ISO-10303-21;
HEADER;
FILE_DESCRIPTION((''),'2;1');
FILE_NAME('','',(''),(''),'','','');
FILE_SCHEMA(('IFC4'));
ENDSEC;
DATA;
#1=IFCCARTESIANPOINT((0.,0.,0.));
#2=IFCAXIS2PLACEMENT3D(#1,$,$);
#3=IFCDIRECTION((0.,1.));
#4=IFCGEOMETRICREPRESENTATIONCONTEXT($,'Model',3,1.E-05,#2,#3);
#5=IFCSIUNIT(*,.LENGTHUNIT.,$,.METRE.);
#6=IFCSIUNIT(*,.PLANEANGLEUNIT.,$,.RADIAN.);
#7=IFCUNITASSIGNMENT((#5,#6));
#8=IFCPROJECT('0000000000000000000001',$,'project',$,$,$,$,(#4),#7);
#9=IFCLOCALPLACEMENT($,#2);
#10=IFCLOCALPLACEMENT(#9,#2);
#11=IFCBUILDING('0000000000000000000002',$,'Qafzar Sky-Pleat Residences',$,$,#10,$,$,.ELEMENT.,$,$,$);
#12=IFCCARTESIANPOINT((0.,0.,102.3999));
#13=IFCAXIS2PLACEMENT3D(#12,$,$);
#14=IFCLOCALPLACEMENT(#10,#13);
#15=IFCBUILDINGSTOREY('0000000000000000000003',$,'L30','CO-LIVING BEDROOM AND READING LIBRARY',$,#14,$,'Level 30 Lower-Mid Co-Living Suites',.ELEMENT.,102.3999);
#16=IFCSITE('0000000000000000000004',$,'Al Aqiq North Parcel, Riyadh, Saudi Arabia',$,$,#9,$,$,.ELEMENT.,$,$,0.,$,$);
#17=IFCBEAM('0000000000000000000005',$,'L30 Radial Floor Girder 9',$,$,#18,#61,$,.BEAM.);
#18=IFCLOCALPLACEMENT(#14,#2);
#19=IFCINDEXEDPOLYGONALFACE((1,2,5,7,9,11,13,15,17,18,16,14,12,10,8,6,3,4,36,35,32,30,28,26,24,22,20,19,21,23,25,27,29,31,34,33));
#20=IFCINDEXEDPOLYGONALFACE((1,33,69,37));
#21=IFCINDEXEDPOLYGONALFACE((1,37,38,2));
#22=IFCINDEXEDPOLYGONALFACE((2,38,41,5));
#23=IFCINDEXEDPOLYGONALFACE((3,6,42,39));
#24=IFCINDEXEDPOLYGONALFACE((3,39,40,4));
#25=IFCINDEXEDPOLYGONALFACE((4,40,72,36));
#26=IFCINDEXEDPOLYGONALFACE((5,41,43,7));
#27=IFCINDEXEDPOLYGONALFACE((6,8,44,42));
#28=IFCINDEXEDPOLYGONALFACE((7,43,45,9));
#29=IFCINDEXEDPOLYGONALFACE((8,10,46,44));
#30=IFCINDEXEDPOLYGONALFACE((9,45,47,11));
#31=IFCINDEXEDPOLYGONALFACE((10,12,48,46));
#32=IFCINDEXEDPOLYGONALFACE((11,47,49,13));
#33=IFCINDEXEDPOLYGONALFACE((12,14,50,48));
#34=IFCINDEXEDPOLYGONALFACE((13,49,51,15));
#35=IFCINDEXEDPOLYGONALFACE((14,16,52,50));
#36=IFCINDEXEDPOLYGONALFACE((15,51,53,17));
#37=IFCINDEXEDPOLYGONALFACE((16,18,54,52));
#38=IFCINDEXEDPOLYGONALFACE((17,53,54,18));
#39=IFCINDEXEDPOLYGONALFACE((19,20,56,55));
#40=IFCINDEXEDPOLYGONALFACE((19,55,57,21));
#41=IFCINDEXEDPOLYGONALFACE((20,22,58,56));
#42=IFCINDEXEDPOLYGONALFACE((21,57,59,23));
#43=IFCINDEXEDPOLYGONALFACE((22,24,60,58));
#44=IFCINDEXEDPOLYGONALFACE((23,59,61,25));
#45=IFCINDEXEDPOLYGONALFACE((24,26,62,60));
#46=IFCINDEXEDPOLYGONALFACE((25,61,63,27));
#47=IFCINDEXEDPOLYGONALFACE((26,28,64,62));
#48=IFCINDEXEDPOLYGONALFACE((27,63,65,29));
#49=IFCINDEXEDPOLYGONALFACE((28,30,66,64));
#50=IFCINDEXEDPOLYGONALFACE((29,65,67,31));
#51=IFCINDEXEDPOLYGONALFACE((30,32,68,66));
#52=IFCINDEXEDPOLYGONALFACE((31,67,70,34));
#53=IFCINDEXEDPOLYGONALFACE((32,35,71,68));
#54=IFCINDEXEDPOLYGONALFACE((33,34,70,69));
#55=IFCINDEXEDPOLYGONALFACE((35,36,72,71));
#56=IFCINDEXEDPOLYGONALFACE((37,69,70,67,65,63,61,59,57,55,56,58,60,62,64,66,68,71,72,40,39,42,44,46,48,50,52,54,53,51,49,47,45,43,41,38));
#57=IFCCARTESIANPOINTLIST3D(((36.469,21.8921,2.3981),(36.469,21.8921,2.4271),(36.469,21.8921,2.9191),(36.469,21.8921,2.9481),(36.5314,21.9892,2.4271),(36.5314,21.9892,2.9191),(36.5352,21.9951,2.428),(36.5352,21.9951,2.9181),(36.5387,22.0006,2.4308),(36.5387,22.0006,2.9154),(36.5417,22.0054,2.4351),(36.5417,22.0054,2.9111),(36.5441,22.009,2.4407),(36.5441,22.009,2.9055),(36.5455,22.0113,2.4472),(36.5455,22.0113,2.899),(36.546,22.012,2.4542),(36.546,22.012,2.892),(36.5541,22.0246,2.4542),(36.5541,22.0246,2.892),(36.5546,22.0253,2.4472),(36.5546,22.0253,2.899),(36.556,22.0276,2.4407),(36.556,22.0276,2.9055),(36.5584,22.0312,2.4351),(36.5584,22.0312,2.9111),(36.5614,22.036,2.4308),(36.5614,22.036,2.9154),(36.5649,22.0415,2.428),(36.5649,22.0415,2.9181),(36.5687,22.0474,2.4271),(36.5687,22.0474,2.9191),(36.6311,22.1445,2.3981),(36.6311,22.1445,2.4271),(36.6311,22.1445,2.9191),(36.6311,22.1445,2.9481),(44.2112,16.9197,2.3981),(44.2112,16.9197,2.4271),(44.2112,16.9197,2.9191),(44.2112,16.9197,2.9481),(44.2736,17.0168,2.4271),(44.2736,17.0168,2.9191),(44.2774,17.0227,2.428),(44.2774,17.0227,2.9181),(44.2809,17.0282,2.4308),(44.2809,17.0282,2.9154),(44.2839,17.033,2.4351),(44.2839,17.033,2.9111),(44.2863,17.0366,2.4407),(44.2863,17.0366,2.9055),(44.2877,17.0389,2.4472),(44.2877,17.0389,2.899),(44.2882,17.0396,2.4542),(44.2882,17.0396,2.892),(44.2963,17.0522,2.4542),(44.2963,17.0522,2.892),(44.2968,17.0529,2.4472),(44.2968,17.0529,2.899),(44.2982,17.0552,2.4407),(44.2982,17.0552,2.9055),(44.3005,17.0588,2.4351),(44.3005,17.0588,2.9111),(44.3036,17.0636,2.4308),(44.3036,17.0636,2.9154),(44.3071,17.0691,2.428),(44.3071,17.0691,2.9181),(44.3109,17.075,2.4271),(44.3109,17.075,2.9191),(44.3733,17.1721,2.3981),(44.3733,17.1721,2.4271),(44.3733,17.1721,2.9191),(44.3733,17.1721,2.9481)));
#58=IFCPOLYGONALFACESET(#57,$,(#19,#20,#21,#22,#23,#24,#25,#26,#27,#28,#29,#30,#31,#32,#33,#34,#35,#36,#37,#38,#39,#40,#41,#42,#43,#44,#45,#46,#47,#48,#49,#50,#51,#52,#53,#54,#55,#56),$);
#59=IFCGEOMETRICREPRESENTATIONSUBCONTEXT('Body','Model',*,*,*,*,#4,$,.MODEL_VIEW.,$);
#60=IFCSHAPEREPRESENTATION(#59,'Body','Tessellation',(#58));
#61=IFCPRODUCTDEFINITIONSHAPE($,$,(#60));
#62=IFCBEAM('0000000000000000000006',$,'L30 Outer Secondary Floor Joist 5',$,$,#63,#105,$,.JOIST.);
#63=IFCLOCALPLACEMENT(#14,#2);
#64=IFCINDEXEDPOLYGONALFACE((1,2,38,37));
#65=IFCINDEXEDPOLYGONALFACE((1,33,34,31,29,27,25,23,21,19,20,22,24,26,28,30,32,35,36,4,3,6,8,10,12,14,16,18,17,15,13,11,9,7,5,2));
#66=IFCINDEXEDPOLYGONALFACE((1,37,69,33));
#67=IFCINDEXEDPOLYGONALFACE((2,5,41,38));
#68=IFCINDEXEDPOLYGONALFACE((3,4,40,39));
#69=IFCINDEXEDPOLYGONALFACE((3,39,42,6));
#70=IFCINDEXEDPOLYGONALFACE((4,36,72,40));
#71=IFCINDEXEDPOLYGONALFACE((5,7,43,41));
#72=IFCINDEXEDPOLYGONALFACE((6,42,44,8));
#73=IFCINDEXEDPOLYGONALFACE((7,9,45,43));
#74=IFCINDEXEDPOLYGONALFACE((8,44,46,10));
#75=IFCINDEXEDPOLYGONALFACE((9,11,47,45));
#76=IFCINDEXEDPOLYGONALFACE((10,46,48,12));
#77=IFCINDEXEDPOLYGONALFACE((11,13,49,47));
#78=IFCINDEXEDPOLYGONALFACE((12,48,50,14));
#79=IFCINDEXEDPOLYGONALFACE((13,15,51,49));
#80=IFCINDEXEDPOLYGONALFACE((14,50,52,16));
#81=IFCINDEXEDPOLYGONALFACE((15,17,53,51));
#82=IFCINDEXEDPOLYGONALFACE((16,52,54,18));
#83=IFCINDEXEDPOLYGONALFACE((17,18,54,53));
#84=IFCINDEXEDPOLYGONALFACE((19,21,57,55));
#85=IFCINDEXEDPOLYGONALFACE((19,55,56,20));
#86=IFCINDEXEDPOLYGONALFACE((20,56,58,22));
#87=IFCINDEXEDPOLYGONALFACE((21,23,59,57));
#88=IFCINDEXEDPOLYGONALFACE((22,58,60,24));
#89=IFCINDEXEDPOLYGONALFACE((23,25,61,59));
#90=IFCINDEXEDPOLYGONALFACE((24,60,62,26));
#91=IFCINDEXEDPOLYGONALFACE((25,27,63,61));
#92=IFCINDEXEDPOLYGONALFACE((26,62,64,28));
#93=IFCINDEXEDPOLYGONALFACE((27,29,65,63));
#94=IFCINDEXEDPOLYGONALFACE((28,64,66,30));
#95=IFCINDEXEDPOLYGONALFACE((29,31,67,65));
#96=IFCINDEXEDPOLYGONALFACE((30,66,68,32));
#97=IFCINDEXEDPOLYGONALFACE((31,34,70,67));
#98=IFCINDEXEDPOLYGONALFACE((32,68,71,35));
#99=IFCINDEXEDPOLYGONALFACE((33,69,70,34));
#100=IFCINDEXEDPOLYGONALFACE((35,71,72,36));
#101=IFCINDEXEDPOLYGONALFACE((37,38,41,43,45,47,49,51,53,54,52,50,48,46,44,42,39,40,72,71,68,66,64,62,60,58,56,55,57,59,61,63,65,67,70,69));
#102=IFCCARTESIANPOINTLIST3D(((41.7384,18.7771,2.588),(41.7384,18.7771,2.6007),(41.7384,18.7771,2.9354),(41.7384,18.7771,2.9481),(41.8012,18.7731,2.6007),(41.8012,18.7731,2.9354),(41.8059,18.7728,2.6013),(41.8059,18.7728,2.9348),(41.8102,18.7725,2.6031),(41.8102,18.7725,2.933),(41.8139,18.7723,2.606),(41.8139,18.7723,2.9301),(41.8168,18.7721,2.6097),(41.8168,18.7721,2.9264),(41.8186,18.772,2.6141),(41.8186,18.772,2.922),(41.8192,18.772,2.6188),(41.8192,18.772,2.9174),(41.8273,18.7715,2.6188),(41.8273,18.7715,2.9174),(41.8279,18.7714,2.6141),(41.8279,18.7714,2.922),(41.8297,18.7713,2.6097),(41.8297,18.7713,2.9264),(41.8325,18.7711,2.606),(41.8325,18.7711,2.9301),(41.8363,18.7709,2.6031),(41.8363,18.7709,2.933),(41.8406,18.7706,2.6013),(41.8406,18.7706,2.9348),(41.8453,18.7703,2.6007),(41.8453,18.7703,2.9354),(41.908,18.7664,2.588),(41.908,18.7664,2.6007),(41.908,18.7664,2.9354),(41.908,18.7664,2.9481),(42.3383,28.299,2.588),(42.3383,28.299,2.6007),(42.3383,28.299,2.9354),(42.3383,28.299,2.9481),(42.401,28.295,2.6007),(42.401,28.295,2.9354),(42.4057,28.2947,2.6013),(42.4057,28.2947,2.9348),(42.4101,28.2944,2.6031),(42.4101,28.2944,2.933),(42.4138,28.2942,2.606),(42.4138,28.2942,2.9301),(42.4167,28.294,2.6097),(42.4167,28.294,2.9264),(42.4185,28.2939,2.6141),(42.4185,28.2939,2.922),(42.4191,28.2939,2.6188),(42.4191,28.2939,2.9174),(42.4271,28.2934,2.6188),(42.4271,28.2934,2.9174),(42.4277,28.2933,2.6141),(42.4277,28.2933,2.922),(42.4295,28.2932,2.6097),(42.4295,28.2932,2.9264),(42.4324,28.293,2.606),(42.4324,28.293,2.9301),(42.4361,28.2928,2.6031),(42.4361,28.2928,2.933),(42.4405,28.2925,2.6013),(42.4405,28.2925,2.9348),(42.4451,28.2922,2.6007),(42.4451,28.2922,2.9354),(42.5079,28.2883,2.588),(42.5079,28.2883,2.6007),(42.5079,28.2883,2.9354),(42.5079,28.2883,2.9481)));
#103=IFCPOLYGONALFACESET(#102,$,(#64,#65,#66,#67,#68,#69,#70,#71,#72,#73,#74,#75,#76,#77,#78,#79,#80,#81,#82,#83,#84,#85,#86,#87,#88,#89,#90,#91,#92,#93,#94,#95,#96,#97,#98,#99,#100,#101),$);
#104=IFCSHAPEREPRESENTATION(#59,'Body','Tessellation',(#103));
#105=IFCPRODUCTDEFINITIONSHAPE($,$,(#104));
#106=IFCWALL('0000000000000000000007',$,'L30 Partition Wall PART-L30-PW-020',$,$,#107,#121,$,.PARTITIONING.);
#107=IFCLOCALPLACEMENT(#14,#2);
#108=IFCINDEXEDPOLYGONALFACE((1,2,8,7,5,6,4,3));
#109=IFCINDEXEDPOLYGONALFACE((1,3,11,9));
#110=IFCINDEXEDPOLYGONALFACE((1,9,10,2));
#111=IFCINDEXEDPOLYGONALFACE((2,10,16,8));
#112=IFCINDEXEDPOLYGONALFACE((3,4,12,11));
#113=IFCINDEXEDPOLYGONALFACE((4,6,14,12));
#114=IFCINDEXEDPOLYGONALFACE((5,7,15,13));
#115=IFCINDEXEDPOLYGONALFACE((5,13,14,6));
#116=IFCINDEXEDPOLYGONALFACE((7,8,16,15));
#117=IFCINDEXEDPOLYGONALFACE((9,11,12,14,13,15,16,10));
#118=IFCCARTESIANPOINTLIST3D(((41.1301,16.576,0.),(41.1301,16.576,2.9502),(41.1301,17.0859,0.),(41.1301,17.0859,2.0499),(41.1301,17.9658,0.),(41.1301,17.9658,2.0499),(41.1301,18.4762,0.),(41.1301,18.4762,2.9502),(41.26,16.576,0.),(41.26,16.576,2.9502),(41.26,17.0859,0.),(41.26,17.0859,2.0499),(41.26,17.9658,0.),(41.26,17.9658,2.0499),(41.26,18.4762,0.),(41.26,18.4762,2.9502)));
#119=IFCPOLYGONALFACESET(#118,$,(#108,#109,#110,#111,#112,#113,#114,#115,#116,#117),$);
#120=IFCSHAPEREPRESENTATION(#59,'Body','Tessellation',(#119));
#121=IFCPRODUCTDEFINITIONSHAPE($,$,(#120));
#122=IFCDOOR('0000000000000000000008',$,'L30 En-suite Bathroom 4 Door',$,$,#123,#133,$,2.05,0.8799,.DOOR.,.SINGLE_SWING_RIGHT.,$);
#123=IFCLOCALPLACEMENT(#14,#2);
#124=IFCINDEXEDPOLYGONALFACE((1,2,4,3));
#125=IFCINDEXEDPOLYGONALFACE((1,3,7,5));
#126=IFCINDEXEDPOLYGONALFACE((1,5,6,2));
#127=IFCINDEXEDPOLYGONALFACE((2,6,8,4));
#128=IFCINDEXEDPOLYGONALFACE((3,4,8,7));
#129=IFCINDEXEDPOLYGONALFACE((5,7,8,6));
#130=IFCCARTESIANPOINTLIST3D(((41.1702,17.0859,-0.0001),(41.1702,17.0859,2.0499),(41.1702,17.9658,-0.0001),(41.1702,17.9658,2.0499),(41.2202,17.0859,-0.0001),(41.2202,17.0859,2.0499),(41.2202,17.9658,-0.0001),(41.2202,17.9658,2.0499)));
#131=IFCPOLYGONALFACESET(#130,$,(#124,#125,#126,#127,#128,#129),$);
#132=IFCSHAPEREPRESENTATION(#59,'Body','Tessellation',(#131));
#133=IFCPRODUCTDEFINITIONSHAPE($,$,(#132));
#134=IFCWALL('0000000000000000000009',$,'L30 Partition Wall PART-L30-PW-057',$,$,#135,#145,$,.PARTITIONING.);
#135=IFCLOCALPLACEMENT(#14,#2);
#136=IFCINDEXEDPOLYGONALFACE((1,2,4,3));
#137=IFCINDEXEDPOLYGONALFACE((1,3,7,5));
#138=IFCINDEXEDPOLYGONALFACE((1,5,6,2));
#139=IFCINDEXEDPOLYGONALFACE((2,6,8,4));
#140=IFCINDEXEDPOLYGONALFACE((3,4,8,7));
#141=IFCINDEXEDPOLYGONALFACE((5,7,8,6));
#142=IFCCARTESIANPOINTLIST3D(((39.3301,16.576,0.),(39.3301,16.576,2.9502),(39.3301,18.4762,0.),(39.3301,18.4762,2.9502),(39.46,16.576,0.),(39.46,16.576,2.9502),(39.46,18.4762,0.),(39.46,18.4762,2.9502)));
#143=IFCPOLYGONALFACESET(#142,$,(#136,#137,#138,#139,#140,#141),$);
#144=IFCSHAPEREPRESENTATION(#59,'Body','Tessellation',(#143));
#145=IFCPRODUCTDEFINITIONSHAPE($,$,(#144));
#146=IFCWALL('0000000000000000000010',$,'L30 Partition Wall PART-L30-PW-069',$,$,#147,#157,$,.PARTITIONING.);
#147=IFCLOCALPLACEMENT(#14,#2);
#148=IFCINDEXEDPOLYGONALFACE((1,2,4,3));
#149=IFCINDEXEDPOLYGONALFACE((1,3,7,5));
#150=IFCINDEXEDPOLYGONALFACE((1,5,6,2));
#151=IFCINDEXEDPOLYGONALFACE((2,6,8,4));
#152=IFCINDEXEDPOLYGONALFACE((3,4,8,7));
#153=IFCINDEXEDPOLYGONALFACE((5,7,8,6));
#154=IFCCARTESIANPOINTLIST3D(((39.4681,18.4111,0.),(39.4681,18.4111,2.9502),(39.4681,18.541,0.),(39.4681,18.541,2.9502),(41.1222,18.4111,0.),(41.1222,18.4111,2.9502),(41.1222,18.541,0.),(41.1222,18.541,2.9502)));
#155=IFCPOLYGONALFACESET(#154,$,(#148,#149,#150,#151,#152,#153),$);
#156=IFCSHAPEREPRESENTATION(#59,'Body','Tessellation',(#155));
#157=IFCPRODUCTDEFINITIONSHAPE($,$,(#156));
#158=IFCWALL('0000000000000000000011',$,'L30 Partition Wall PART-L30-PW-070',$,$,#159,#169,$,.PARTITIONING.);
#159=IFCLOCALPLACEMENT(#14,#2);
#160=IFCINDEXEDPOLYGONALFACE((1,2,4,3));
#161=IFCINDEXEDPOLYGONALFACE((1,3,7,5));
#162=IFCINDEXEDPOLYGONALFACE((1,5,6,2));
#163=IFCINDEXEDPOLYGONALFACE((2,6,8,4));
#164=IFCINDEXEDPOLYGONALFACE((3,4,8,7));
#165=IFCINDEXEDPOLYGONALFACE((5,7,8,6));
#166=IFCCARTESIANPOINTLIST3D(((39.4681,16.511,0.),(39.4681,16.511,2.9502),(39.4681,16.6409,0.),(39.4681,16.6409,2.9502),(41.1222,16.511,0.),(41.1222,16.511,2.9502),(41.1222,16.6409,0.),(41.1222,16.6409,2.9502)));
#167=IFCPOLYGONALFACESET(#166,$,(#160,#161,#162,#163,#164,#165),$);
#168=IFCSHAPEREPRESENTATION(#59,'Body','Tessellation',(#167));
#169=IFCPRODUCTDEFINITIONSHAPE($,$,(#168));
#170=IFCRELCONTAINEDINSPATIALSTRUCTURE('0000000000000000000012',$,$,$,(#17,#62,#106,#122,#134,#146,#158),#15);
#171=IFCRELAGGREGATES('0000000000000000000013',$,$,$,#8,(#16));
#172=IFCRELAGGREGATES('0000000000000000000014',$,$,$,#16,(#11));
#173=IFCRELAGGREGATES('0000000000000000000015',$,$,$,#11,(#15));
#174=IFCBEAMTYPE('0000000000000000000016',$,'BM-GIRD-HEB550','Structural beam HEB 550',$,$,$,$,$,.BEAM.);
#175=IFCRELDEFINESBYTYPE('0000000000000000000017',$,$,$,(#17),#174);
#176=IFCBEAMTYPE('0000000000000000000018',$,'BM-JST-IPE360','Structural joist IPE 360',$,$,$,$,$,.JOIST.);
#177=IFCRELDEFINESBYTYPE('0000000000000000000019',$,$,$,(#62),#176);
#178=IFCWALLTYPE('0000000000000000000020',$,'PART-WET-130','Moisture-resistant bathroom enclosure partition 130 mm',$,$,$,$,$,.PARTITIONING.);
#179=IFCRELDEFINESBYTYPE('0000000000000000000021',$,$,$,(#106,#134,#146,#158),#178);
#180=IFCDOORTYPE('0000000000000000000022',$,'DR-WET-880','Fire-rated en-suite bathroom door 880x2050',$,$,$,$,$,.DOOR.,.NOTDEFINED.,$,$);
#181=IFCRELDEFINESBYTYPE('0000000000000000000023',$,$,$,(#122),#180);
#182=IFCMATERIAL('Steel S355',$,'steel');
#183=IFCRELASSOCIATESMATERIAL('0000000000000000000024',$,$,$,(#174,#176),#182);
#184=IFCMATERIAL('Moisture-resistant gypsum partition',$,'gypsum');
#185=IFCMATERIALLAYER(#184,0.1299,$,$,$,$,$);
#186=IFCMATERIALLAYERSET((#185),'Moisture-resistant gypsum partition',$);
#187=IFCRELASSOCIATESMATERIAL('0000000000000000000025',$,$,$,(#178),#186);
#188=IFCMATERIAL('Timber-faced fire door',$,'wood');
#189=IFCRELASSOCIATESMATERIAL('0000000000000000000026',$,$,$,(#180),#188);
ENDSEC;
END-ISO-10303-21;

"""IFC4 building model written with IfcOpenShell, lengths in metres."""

from ifc_helpers import new_model, si_unit, direction, frame, frame_2d, origin, origin_2d, place, context, subcontext, project, spatial, rectangle, i_section, extrude, source, transform, mapped, material, layer, layer_set, material_profile, profile_set, type_object, element, fill, save


model = new_model("IFC4")

# Units and contexts
model_context = context("Model", 3, precision=1e-05, world=origin(), true_north=direction((0.0, 1.0)))
body_context = subcontext(model_context, "Body", "Model", "MODEL_VIEW")
ifc_project = project(units=[si_unit("LENGTHUNIT", "METRE"), si_unit("PLANEANGLEUNIT", "RADIAN")], contexts=[model_context])

# Site, building, storey
site_placement = place(None, origin())
site = spatial("IfcSite", under=ifc_project, at=site_placement, Name="Al Aqiq North Parcel, Riyadh, Saudi Arabia", CompositionType="ELEMENT", RefElevation=0.0)
building_placement = place(site_placement, origin())
building = spatial("IfcBuilding", under=site, at=building_placement, Name="Qafzar Sky-Pleat Residences", CompositionType="ELEMENT")
storey_placement = place(building_placement, frame((0.0, 0.0, 102.3999)))
storey = spatial("IfcBuildingStorey", under=building, at=storey_placement, Name="L30", Description="CO-LIVING BEDROOM AND READING LIBRARY", LongName="Level 30 Lower-Mid Co-Living Suites", CompositionType="ELEMENT", Elevation=102.3999)

# Beams
ifc_material_1 = material(Name="Steel S355", Category="steel")
ifc_material_profile_1 = material_profile(ifc_material_1, i_section(OverallWidth=0.3, OverallDepth=0.55, WebThickness=0.0149, FlangeThickness=0.0291, FilletRadius=0.0271, at=origin_2d()), Name="HEB 550")
ifc_profile_set_1 = profile_set([ifc_material_profile_1], Name="Steel S355")
beam_type_1 = type_object("IfcBeamType", Name="BM-GIRD-HEB550", Description="Structural beam HEB 550", PredefinedType="BEAM", material=ifc_profile_set_1)
shared_shape_1 = source(origin(), body_context, "Body", "SweptSolid", [
    extrude(i_section(OverallWidth=0.3, OverallDepth=0.55, WebThickness=0.0149, FlangeThickness=0.0291, FilletRadius=0.0271, at=origin_2d()), origin(), (0.0, 0.0, 1.0), 9.2014),
])
beam_1_placement = place(storey_placement, frame((44.2922, 17.0459, 2.6731), z_axis=(-0.841411, 0.540395, 0.0), x_axis=(-0.540395, -0.841411, 0.0)))
element("IfcBeam", 1, at=beam_1_placement, inside=storey, type_object=beam_type_1, Name="L30 Radial Floor Girder 9", PredefinedType="BEAM", context=body_context, shape_type="MappedRepresentation", body=[
    mapped(shared_shape_1, transform((0.0, 0.0, 0.0), x_axis=(1.0, 0.0, 0.0), y_axis=(0.0, 1.0, 0.0), z_axis=(0.0, 0.0, 1.0), scale=1.0)),
])
ifc_material_profile_2 = material_profile(ifc_material_1, i_section(OverallWidth=0.1699, OverallDepth=0.3601, WebThickness=0.0081, FlangeThickness=0.0127, FilletRadius=0.0181, at=origin_2d()), Name="IPE 360")
ifc_profile_set_2 = profile_set([ifc_material_profile_2], Name="Steel S355")
beam_type_2 = type_object("IfcBeamType", Name="BM-JST-IPE360", Description="Structural joist IPE 360", PredefinedType="JOIST", material=ifc_profile_set_2)
shared_shape_2 = source(origin(), body_context, "Body", "SweptSolid", [
    extrude(i_section(OverallWidth=0.1699, OverallDepth=0.3601, WebThickness=0.0081, FlangeThickness=0.0127, FilletRadius=0.0181, at=origin_2d()), origin(), (0.0, 0.0, 1.0), 9.5408),
])
beam_2_placement = place(storey_placement, frame((41.8232, 18.7717, 2.7681), z_axis=(0.062872, 0.998022, 0.0), x_axis=(-0.998022, 0.062872, 0.0)))
element("IfcBeam", 2, at=beam_2_placement, inside=storey, type_object=beam_type_2, Name="L30 Outer Secondary Floor Joist 5", PredefinedType="JOIST", context=body_context, shape_type="MappedRepresentation", body=[
    mapped(shared_shape_2, transform((0.0, 0.0, 0.0), x_axis=(1.0, 0.0, 0.0), y_axis=(0.0, 1.0, 0.0), z_axis=(0.0, 0.0, 1.0), scale=1.0)),
])

# Wall, opening, door
ifc_material_2 = material(Name="Moisture-resistant gypsum partition", Category="gypsum")
ifc_layer_1 = layer(ifc_material_2, 0.1299)
ifc_layer_set_1 = layer_set([ifc_layer_1], Name="Moisture-resistant gypsum partition")
wall_type_1 = type_object("IfcWallType", Name="PART-WET-130", Description="Moisture-resistant bathroom enclosure partition 130 mm", PredefinedType="PARTITIONING", material=ifc_layer_set_1)
wall_1_placement = place(storey_placement, frame((41.1951, 16.5759, 0.0), z_axis=(0.0, 0.0, 1.0), x_axis=(0.0, 1.0, 0.0)))
wall_1 = element("IfcWall", 3, at=wall_1_placement, inside=storey, type_object=wall_type_1, Name="L30 Partition Wall PART-L30-PW-020", PredefinedType="PARTITIONING", context=body_context, shape_type="SweptSolid", body=[
    extrude(rectangle(XDim=1.9001, YDim=0.1299, at=frame_2d((0.9502, 0.0))), origin(), (0.0, 0.0, 1.0), 2.9502),
])
opening_1_placement = place(wall_1_placement, frame((0.51, 0.0, 0.0)))
opening_1 = element("IfcOpeningElement", 4, at=opening_1_placement, cuts=wall_1, PredefinedType="OPENING", context=body_context, shape_type="SweptSolid", body=[
    extrude(rectangle(XDim=0.8799, YDim=2.05, at=frame_2d((0.4399, 1.0249))), frame((0.0, 0.075, 0.0), z_axis=(0.0, -1.0, 0.0), x_axis=(1.0, 0.0, 0.0)), (0.0, 0.0, 1.0), 0.1499),
])
ifc_material_3 = material(Name="Timber-faced fire door", Category="wood")
door_type = type_object("IfcDoorType", Name="DR-WET-880", Description="Fire-rated en-suite bathroom door 880x2050", OperationType="NOTDEFINED", PredefinedType="DOOR", material=ifc_material_3)
shared_shape_3 = source(origin(), body_context, "Body", "SweptSolid", [
    extrude(rectangle(XDim=0.8799, YDim=2.05, at=frame_2d((0.4399, 1.0249))), frame((0.0, 0.0249, 0.0), z_axis=(0.0, -1.0, 0.0), x_axis=(1.0, 0.0, 0.0)), (0.0, 0.0, 1.0), 0.05),
])
door_placement = place(opening_1_placement, origin())
door = element("IfcDoor", 5, at=door_placement, inside=storey, type_object=door_type, Name="L30 En-suite Bathroom 4 Door", OperationType="SINGLE_SWING_RIGHT", OverallHeight=2.05, OverallWidth=0.8799, PredefinedType="DOOR", context=body_context, shape_type="MappedRepresentation", body=[
    mapped(shared_shape_3, transform((0.0, 0.0, 0.0), x_axis=(1.0, 0.0, 0.0), y_axis=(0.0, 1.0, 0.0), z_axis=(0.0, 0.0, 1.0), scale=1.0)),
])
fill(opening_1, door)

# Walls
wall_2_placement = place(storey_placement, frame((39.395, 16.5759, 0.0), z_axis=(0.0, 0.0, 1.0), x_axis=(0.0, 1.0, 0.0)))
element("IfcWall", 6, at=wall_2_placement, inside=storey, type_object=wall_type_1, Name="L30 Partition Wall PART-L30-PW-057", PredefinedType="PARTITIONING", context=body_context, shape_type="SweptSolid", body=[
    extrude(rectangle(XDim=1.9001, YDim=0.1299, at=frame_2d((0.9502, 0.0))), origin(), (0.0, 0.0, 1.0), 2.9502),
])
for number, where, z_axis, x_axis, name in (
    (7, (39.468, 18.4761, 0.0), (0.0, 0.0, 1.0), (1.0, 0.0, 0.0), "L30 Partition Wall PART-L30-PW-069"),
    (8, (39.468, 16.5759, 0.0), (0.0, 0.0, 1.0), (1.0, 0.0, 0.0), "L30 Partition Wall PART-L30-PW-070"),
):
    element("IfcWall", number, at=place(storey_placement, frame(where, z_axis=z_axis, x_axis=x_axis)), inside=storey, type_object=wall_type_1, Name=name, PredefinedType="PARTITIONING", context=body_context, shape_type="SweptSolid", body=[
        extrude(rectangle(XDim=1.6541, YDim=0.1299, at=frame_2d((0.8271, 0.0))), origin(), (0.0, 0.0, 1.0), 2.9502),
    ])

save(model, "model.ifc")
